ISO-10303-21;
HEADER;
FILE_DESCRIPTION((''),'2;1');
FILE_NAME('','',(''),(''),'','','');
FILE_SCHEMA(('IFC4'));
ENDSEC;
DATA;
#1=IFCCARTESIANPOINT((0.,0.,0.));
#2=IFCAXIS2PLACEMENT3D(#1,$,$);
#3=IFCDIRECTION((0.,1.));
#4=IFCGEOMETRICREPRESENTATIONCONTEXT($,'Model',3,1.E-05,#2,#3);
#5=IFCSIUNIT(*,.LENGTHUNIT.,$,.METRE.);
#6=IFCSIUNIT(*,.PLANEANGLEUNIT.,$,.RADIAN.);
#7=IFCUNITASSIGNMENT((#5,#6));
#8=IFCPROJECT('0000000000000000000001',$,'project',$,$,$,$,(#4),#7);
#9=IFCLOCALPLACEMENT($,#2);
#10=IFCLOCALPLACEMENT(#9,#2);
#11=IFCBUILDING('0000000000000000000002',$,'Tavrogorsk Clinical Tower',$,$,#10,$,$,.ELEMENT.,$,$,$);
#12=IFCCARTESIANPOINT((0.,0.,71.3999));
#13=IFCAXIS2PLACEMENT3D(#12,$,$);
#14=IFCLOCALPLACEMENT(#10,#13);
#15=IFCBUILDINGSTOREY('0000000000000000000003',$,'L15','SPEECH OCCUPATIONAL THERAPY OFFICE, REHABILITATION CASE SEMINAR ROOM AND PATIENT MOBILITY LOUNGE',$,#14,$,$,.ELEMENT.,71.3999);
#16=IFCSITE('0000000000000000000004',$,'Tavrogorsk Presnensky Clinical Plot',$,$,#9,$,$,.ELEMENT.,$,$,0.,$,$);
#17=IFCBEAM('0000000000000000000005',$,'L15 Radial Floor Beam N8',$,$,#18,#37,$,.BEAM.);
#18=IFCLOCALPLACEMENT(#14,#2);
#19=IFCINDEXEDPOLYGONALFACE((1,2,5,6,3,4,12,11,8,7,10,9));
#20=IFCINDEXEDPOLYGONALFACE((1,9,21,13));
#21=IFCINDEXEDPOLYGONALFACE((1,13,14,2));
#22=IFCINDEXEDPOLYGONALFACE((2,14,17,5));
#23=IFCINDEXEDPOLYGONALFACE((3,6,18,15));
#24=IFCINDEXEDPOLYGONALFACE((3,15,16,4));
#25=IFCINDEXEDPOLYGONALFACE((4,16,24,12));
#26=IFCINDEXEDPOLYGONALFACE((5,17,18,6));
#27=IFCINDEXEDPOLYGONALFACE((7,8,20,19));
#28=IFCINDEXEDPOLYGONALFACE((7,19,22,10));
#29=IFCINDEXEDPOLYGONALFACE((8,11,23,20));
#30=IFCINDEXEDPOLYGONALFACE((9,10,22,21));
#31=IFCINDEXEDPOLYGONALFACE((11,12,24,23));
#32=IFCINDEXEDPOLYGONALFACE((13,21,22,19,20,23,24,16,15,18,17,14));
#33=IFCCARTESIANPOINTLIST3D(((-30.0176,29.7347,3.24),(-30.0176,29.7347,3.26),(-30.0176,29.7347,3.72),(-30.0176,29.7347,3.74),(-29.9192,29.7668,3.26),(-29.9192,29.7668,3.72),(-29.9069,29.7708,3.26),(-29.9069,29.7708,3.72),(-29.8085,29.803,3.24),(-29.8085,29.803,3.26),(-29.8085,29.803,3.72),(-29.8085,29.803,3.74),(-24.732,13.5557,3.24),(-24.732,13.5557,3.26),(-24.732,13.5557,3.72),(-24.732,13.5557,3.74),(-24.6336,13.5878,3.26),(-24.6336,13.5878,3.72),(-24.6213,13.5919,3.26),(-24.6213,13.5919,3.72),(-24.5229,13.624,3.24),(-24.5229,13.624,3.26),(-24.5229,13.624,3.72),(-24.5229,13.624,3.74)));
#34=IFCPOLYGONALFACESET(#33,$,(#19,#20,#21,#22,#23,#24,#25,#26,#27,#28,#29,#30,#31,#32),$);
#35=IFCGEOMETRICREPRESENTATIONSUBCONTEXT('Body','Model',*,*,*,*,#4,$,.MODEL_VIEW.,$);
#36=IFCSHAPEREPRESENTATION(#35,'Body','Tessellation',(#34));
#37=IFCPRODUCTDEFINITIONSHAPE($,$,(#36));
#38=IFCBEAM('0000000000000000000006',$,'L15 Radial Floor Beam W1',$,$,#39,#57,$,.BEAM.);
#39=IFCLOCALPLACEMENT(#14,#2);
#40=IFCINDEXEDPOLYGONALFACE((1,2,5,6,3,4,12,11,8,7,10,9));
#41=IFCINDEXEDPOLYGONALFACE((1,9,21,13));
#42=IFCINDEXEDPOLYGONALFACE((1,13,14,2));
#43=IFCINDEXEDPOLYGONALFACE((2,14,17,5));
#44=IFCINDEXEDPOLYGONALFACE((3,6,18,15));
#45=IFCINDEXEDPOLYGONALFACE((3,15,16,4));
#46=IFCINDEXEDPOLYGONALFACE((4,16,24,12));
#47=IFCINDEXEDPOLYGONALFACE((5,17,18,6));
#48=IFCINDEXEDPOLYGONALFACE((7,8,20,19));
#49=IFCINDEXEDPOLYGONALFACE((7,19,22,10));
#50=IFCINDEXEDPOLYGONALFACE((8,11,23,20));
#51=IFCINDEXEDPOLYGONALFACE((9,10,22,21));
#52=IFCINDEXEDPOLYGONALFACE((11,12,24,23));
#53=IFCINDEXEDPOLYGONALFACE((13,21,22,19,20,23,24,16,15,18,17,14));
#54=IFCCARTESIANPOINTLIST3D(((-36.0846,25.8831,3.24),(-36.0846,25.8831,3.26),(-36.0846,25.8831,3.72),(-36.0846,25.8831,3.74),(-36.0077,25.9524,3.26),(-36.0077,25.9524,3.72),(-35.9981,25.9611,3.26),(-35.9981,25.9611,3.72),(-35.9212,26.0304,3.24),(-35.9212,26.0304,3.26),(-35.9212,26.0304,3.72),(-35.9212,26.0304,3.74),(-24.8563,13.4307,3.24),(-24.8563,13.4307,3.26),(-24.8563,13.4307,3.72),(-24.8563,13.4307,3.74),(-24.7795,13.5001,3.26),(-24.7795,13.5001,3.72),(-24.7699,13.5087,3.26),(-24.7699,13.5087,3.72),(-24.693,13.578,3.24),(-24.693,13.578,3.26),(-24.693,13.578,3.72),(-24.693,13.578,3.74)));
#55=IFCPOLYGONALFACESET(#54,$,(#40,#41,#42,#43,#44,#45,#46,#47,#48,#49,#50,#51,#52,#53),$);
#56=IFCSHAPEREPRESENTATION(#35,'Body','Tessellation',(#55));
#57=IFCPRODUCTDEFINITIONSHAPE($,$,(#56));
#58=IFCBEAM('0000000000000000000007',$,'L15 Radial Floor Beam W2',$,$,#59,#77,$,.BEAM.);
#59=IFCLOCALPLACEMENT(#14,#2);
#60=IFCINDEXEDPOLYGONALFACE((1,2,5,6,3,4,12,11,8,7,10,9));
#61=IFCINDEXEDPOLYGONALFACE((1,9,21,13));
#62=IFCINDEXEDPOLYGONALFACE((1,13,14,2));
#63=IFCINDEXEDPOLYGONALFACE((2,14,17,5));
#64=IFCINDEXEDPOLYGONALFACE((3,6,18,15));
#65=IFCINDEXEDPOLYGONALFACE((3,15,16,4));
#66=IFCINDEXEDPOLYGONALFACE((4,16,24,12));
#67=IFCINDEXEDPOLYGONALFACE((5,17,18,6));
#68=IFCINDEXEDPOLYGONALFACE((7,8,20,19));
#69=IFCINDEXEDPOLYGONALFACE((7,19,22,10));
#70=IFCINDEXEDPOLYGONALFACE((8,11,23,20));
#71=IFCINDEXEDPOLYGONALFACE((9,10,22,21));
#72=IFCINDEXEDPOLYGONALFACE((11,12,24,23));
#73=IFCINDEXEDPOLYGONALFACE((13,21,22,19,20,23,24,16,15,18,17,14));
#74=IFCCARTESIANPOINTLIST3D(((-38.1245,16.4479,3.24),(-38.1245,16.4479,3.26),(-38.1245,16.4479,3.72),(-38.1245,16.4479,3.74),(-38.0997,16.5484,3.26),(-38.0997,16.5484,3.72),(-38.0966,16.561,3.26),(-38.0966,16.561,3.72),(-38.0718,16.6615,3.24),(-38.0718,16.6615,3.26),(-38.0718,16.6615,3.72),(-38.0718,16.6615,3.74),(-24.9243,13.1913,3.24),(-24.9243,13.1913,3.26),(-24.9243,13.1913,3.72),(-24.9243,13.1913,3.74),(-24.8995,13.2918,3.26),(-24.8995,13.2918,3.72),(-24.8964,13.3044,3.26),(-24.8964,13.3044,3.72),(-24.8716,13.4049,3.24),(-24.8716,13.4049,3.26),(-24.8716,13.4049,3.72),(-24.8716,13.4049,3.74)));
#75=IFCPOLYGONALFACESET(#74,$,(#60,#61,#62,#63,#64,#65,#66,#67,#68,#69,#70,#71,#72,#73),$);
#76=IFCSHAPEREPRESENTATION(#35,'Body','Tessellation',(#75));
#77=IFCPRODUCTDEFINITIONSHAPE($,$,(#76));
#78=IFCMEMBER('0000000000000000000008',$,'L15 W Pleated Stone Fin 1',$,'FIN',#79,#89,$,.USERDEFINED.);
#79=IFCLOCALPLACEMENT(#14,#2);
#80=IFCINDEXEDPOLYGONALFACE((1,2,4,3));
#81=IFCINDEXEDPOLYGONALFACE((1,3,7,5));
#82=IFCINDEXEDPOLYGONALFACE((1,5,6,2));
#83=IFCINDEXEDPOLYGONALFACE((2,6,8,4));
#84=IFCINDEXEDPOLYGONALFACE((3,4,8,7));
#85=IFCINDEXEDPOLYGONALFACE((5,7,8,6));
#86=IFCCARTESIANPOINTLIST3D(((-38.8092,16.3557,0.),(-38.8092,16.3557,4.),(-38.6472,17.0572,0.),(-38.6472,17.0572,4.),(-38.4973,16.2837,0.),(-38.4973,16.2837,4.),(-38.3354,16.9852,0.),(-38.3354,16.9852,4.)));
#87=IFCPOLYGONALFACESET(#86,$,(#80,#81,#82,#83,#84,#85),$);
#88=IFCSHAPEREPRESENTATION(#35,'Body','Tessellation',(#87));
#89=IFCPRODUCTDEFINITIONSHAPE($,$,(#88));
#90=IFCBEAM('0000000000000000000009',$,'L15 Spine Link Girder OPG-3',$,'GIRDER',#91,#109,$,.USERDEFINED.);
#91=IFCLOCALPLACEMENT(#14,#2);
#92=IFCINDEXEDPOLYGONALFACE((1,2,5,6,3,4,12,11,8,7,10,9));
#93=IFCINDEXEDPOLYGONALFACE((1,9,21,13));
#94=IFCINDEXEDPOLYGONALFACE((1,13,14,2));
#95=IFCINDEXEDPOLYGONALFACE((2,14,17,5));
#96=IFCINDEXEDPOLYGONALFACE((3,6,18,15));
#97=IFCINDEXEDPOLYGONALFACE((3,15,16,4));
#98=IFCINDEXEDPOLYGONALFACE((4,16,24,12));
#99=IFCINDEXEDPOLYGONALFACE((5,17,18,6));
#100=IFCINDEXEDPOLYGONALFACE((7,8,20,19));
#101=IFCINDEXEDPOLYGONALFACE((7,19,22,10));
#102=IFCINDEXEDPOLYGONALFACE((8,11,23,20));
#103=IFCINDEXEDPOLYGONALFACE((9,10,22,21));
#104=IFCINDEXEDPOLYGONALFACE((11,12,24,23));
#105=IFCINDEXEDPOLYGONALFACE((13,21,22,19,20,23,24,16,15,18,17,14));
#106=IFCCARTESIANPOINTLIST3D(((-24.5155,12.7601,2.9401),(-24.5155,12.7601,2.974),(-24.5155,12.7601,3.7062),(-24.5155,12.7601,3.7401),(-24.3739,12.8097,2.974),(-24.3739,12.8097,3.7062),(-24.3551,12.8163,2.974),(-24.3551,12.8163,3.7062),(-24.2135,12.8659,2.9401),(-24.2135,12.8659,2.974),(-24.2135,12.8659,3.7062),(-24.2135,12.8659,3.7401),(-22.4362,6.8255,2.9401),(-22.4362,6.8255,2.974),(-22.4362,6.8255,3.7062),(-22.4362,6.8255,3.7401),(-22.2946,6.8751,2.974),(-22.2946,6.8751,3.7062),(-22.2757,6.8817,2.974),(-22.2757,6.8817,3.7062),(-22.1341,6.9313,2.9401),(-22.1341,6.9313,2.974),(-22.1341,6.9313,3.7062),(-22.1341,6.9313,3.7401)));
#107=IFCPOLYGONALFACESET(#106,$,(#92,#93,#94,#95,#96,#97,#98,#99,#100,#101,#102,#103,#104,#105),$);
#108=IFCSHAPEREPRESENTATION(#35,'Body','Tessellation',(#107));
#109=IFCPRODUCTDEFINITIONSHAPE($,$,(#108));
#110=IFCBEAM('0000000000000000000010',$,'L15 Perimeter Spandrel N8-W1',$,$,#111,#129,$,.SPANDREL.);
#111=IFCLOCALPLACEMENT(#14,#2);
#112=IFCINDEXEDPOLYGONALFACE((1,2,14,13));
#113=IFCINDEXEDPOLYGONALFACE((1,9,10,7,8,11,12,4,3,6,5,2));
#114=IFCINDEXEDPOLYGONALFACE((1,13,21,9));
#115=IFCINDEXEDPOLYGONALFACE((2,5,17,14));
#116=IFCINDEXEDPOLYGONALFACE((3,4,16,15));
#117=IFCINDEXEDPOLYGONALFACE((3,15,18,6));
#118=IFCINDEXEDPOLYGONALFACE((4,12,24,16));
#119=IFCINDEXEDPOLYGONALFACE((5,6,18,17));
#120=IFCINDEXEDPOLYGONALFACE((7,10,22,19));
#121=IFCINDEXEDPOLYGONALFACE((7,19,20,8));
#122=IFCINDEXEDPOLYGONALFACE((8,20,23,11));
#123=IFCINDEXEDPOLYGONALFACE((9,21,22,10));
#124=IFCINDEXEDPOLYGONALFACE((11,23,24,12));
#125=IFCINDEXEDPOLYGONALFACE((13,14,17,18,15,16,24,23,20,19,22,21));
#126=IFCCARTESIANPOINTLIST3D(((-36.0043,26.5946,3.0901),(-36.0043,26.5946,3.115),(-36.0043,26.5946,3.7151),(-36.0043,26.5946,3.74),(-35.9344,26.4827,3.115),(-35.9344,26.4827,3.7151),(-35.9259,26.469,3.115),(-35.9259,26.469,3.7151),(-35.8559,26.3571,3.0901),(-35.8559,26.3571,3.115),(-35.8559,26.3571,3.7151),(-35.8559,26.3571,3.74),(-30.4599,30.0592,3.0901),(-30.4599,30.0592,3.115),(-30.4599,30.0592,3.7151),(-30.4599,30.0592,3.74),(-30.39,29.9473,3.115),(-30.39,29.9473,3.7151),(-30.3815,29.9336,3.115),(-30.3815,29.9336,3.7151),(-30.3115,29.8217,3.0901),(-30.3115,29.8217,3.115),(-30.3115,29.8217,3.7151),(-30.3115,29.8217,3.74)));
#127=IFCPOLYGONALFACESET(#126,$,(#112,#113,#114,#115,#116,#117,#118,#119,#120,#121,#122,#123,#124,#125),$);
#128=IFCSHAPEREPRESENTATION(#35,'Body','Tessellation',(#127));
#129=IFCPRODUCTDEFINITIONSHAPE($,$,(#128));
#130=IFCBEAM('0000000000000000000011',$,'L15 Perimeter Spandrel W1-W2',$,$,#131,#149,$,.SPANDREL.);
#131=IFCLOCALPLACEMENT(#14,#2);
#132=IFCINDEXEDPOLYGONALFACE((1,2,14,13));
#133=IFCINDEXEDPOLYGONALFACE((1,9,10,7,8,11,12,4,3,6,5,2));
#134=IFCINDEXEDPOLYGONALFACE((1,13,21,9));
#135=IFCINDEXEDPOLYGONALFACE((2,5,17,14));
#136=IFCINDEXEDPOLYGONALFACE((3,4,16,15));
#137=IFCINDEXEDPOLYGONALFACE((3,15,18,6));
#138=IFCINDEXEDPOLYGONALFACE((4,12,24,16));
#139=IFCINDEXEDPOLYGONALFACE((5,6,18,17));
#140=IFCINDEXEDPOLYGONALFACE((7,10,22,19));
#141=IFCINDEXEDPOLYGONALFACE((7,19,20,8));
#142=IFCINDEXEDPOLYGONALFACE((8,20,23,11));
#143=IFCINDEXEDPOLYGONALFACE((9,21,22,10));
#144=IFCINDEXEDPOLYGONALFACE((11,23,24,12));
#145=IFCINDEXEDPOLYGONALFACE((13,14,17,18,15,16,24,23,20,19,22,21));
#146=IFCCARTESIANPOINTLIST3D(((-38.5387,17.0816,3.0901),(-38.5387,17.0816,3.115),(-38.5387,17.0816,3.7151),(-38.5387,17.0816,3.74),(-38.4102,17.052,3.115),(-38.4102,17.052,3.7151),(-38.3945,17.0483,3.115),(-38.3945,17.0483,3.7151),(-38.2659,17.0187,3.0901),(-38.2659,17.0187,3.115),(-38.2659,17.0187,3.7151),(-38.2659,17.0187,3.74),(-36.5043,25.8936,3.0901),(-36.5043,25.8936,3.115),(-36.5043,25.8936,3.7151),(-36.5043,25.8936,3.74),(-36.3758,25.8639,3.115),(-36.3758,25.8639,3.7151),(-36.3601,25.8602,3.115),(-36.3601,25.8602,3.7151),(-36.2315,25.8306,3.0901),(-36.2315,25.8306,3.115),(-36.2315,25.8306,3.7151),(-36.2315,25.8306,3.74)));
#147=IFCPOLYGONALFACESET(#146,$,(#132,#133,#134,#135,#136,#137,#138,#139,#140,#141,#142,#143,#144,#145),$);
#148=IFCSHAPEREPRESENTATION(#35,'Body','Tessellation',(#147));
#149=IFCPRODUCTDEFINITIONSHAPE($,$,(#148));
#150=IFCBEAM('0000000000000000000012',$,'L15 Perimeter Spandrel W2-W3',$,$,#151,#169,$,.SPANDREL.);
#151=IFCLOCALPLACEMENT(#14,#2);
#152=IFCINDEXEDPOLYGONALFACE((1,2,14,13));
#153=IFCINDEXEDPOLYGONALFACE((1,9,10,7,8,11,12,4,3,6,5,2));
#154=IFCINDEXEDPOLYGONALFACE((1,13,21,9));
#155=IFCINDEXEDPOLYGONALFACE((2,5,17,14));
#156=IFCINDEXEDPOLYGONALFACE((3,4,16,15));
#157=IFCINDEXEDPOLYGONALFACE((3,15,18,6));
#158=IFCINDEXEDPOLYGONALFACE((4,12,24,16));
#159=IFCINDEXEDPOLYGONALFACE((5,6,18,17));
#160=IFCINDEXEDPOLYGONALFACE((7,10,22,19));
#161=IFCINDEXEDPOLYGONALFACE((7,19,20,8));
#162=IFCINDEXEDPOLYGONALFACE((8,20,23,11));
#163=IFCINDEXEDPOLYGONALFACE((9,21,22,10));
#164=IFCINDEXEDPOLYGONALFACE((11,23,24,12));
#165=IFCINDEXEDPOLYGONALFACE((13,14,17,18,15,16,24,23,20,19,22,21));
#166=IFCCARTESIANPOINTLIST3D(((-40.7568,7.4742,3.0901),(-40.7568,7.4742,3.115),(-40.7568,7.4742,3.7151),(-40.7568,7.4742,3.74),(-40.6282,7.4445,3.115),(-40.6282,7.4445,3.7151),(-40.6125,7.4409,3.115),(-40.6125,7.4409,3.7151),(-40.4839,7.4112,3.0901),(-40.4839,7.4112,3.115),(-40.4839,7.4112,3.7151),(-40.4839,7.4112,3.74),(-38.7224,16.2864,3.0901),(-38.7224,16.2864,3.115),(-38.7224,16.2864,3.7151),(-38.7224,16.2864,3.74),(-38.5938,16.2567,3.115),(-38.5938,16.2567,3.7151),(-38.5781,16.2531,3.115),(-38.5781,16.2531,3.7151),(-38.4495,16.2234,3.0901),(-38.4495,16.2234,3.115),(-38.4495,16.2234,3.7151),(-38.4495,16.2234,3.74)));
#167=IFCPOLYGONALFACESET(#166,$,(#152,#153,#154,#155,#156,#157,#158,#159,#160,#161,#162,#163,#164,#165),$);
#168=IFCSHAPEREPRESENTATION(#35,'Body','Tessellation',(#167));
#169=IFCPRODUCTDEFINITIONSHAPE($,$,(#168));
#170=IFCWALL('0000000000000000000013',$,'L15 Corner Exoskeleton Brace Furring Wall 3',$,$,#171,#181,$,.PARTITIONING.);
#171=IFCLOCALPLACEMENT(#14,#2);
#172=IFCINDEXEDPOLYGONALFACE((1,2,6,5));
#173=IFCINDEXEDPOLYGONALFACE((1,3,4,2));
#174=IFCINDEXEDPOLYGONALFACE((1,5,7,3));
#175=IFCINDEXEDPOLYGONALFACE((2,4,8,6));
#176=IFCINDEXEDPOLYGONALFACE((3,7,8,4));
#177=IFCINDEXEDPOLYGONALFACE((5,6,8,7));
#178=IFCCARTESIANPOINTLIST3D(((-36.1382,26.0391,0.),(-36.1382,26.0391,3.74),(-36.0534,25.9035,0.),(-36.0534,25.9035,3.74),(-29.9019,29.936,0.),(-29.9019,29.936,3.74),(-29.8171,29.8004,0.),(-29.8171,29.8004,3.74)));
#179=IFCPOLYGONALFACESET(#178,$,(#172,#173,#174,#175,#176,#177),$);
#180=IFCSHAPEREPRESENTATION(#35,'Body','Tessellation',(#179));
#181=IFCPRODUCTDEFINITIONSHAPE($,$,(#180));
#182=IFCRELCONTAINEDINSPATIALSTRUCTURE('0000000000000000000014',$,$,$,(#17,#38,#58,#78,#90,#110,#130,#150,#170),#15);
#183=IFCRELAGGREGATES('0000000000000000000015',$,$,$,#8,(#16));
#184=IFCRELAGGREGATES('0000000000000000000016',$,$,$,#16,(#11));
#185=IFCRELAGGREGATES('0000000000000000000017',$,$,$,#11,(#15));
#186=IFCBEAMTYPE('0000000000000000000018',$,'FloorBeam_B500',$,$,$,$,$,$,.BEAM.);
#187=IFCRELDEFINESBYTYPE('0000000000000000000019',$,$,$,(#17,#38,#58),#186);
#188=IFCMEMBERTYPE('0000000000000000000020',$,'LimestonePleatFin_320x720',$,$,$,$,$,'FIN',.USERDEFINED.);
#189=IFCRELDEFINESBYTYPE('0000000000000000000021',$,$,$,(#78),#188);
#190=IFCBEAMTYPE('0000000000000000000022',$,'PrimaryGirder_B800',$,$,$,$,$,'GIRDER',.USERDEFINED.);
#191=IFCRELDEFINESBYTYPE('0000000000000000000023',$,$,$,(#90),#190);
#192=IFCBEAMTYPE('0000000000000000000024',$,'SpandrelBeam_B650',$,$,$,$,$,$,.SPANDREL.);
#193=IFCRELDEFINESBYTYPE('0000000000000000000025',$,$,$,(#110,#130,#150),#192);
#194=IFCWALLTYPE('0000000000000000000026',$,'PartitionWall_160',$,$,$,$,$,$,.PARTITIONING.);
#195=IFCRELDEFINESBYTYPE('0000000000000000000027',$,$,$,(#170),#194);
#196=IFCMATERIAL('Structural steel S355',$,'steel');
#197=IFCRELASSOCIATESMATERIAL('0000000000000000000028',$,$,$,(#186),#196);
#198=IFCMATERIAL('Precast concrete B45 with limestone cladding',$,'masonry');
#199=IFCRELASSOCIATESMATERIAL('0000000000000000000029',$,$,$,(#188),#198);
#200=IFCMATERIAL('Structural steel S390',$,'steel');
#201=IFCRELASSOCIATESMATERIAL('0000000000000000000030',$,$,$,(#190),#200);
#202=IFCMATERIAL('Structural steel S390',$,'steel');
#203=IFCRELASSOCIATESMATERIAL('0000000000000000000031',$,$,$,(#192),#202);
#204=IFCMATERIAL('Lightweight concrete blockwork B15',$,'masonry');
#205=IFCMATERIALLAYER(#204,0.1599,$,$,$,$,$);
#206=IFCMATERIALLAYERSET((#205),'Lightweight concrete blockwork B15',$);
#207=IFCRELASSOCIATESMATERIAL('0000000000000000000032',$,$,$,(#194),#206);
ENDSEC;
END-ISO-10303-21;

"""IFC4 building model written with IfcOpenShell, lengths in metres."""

from ifc_helpers import new_model, si_unit, direction, frame, frame_2d, origin, origin_2d, place, context, subcontext, project, spatial, rectangle, i_section, extrude, material, layer, layer_set, material_profile, profile_set, type_object, element, save


model = new_model("IFC4")

# Units and contexts
model_context = context("Model", 3, precision=1e-05, world=origin(), true_north=direction((0.0, 1.0)))
body_context = subcontext(model_context, "Body", "Model", "MODEL_VIEW")
ifc_project = project(units=[si_unit("LENGTHUNIT", "METRE"), si_unit("PLANEANGLEUNIT", "RADIAN")], contexts=[model_context])

# Site, building, storey
site_placement = place(None, origin())
site = spatial("IfcSite", under=ifc_project, at=site_placement, Name="Tavrogorsk Presnensky Clinical Plot", CompositionType="ELEMENT", RefElevation=0.0)
building_placement = place(site_placement, origin())
building = spatial("IfcBuilding", under=site, at=building_placement, Name="Tavrogorsk Clinical Tower", CompositionType="ELEMENT")
storey_placement = place(building_placement, frame((0.0, 0.0, 71.3999)))
storey = spatial("IfcBuildingStorey", under=building, at=storey_placement, Name="L15", Description="SPEECH OCCUPATIONAL THERAPY OFFICE, REHABILITATION CASE SEMINAR ROOM AND PATIENT MOBILITY LOUNGE", CompositionType="ELEMENT", Elevation=71.3999)

# Beams
ifc_material_1 = material(Name="Structural steel S355", Category="steel")
ifc_material_profile_1 = material_profile(ifc_material_1, i_section(OverallWidth=0.22, OverallDepth=0.5, WebThickness=0.0129, FlangeThickness=0.02, at=origin_2d()), Name="B-500x220x13x20")
ifc_profile_set_1 = profile_set([ifc_material_profile_1], Name="Structural steel S355")
beam_type_1 = type_object("IfcBeamType", Name="FloorBeam_B500", PredefinedType="BEAM", material=ifc_profile_set_1)
beam_1_placement = place(storey_placement, frame((-24.6274, 13.5898, 3.49), z_axis=(-0.310546, 0.950558, 0.0), x_axis=(-0.950558, -0.310546, 0.0)))
element("IfcBeam", 1, at=beam_1_placement, inside=storey, type_object=beam_type_1, Name="L15 Radial Floor Beam N8", PredefinedType="BEAM", context=body_context, shape_type="SweptSolid", body=[
    extrude(i_section(OverallWidth=0.22, OverallDepth=0.5, WebThickness=0.0129, FlangeThickness=0.02, at=origin_2d()), origin(), (0.0, 0.0, 1.0), 17.0205),
])
beam_2_placement = place(storey_placement, frame((-24.7747, 13.5044, 3.49), z_axis=(-0.66966, 0.742668, 0.0), x_axis=(-0.742668, -0.66966, 0.0)))
element("IfcBeam", 2, at=beam_2_placement, inside=storey, type_object=beam_type_1, Name="L15 Radial Floor Beam W1", PredefinedType="BEAM", context=body_context, shape_type="SweptSolid", body=[
    extrude(i_section(OverallWidth=0.22, OverallDepth=0.5, WebThickness=0.0129, FlangeThickness=0.02, at=origin_2d()), origin(), (0.0, 0.0, 1.0), 16.7671),
])
beam_3_placement = place(storey_placement, frame((-24.8979, 13.2981, 3.49), z_axis=(-0.97089, 0.239526, 0.0), x_axis=(-0.239526, -0.97089, 0.0)))
element("IfcBeam", 3, at=beam_3_placement, inside=storey, type_object=beam_type_1, Name="L15 Radial Floor Beam W2", PredefinedType="BEAM", context=body_context, shape_type="SweptSolid", body=[
    extrude(i_section(OverallWidth=0.22, OverallDepth=0.5, WebThickness=0.0129, FlangeThickness=0.02, at=origin_2d()), origin(), (0.0, 0.0, 1.0), 13.5959),
])

# Member
ifc_material_2 = material(Name="Precast concrete B45 with limestone cladding", Category="masonry")
ifc_material_profile_2 = material_profile(ifc_material_2, rectangle(XDim=0.3201, YDim=0.72, at=origin_2d()), Name="LIMESTONE-FIN-320x720")
ifc_profile_set_2 = profile_set([ifc_material_profile_2], Name="Precast concrete B45 with limestone cladding")
member_type_1 = type_object("IfcMemberType", Name="LimestonePleatFin_320x720", ElementType="FIN", PredefinedType="USERDEFINED", material=ifc_profile_set_2)
member_1_placement = place(storey_placement, frame((-38.5723, 16.6704, 0.0), z_axis=(0.0, 0.0, 1.0), x_axis=(0.97437, -0.224951, 0.0)))
element("IfcMember", 4, at=member_1_placement, inside=storey, type_object=member_type_1, Name="L15 W Pleated Stone Fin 1", ObjectType="FIN", PredefinedType="USERDEFINED", context=body_context, shape_type="SweptSolid", body=[
    extrude(rectangle(XDim=0.3201, YDim=0.72, at=origin_2d()), origin(), (0.0, 0.0, 1.0), 4.0),
])

# Beams
ifc_material_3 = material(Name="Structural steel S390", Category="steel")
ifc_material_profile_3 = material_profile(ifc_material_3, i_section(OverallWidth=0.3201, OverallDepth=0.8, WebThickness=0.02, FlangeThickness=0.0339, at=origin_2d()), Name="B-800x320x20x34")
ifc_profile_set_3 = profile_set([ifc_material_profile_3], Name="Structural steel S390")
beam_type_2 = type_object("IfcBeamType", Name="PrimaryGirder_B800", ElementType="GIRDER", PredefinedType="USERDEFINED", material=ifc_profile_set_3)
beam_4_placement = place(storey_placement, frame((-24.3645, 12.813, 3.3401), z_axis=(0.330669, -0.943747, 0.0), x_axis=(0.943747, 0.330669, 0.0)))
element("IfcBeam", 5, at=beam_4_placement, inside=storey, type_object=beam_type_2, Name="L15 Spine Link Girder OPG-3", ObjectType="GIRDER", PredefinedType="USERDEFINED", context=body_context, shape_type="SweptSolid", body=[
    extrude(i_section(OverallWidth=0.3201, OverallDepth=0.8, WebThickness=0.02, FlangeThickness=0.0339, at=origin_2d()), origin(), (0.0, 0.0, 1.0), 6.2883),
])
ifc_material_4 = material(Name="Structural steel S390", Category="steel")
ifc_material_profile_4 = material_profile(ifc_material_4, i_section(OverallWidth=0.28, OverallDepth=0.6499, WebThickness=0.0161, FlangeThickness=0.0249, at=origin_2d()), Name="B-650x280x16x25")
ifc_profile_set_4 = profile_set([ifc_material_profile_4], Name="Structural steel S390")
beam_type_3 = type_object("IfcBeamType", Name="SpandrelBeam_B650", PredefinedType="SPANDREL", material=ifc_profile_set_4)
beam_5_placement = place(storey_placement, frame((-30.3857, 29.9404, 3.415), z_axis=(-0.848044, -0.529925, 0.0), x_axis=(0.529925, -0.848044, 0.0)))
element("IfcBeam", 6, at=beam_5_placement, inside=storey, type_object=beam_type_3, Name="L15 Perimeter Spandrel N8-W1", PredefinedType="SPANDREL", context=body_context, shape_type="SweptSolid", body=[
    extrude(i_section(OverallWidth=0.28, OverallDepth=0.6499, WebThickness=0.0161, FlangeThickness=0.0249, at=origin_2d()), origin(), (0.0, 0.0, 1.0), 6.5378),
])
beam_6_placement = place(storey_placement, frame((-36.3679, 25.8621, 3.415), z_axis=(-0.224952, -0.97437, 0.0), x_axis=(0.97437, -0.224952, 0.0)))
element("IfcBeam", 7, at=beam_6_placement, inside=storey, type_object=beam_type_3, Name="L15 Perimeter Spandrel W1-W2", PredefinedType="SPANDREL", context=body_context, shape_type="SweptSolid", body=[
    extrude(i_section(OverallWidth=0.28, OverallDepth=0.6499, WebThickness=0.0161, FlangeThickness=0.0249, at=origin_2d()), origin(), (0.0, 0.0, 1.0), 9.0437),
])
beam_7_placement = place(storey_placement, frame((-38.5859, 16.2549, 3.415), z_axis=(-0.224946, -0.974371, 0.0), x_axis=(0.974371, -0.224946, 0.0)))
element("IfcBeam", 8, at=beam_7_placement, inside=storey, type_object=beam_type_3, Name="L15 Perimeter Spandrel W2-W3", PredefinedType="SPANDREL", context=body_context, shape_type="SweptSolid", body=[
    extrude(i_section(OverallWidth=0.28, OverallDepth=0.6499, WebThickness=0.0161, FlangeThickness=0.0249, at=origin_2d()), origin(), (0.0, 0.0, 1.0), 9.0439),
])

# Wall
ifc_material_5 = material(Name="Lightweight concrete blockwork B15", Category="masonry")
ifc_layer_1 = layer(ifc_material_5, 0.1599)
ifc_layer_set_1 = layer_set([ifc_layer_1], Name="Lightweight concrete blockwork B15")
wall_type_1 = type_object("IfcWallType", Name="PartitionWall_160", PredefinedType="PARTITIONING", material=ifc_layer_set_1)
wall_1_placement = place(storey_placement, frame((-29.8596, 29.8682, 0.0), z_axis=(0.0, 0.0, 1.0), x_axis=(-0.848043, -0.529927, 0.0)))
element("IfcWall", 9, at=wall_1_placement, inside=storey, type_object=wall_type_1, Name="L15 Corner Exoskeleton Brace Furring Wall 3", PredefinedType="PARTITIONING", context=body_context, shape_type="SweptSolid", body=[
    extrude(rectangle(XDim=7.3538, YDim=0.1599, at=frame_2d((3.6768, 0.0))), origin(), (0.0, 0.0, 1.0), 3.74),
])

save(model, "model.ifc")
